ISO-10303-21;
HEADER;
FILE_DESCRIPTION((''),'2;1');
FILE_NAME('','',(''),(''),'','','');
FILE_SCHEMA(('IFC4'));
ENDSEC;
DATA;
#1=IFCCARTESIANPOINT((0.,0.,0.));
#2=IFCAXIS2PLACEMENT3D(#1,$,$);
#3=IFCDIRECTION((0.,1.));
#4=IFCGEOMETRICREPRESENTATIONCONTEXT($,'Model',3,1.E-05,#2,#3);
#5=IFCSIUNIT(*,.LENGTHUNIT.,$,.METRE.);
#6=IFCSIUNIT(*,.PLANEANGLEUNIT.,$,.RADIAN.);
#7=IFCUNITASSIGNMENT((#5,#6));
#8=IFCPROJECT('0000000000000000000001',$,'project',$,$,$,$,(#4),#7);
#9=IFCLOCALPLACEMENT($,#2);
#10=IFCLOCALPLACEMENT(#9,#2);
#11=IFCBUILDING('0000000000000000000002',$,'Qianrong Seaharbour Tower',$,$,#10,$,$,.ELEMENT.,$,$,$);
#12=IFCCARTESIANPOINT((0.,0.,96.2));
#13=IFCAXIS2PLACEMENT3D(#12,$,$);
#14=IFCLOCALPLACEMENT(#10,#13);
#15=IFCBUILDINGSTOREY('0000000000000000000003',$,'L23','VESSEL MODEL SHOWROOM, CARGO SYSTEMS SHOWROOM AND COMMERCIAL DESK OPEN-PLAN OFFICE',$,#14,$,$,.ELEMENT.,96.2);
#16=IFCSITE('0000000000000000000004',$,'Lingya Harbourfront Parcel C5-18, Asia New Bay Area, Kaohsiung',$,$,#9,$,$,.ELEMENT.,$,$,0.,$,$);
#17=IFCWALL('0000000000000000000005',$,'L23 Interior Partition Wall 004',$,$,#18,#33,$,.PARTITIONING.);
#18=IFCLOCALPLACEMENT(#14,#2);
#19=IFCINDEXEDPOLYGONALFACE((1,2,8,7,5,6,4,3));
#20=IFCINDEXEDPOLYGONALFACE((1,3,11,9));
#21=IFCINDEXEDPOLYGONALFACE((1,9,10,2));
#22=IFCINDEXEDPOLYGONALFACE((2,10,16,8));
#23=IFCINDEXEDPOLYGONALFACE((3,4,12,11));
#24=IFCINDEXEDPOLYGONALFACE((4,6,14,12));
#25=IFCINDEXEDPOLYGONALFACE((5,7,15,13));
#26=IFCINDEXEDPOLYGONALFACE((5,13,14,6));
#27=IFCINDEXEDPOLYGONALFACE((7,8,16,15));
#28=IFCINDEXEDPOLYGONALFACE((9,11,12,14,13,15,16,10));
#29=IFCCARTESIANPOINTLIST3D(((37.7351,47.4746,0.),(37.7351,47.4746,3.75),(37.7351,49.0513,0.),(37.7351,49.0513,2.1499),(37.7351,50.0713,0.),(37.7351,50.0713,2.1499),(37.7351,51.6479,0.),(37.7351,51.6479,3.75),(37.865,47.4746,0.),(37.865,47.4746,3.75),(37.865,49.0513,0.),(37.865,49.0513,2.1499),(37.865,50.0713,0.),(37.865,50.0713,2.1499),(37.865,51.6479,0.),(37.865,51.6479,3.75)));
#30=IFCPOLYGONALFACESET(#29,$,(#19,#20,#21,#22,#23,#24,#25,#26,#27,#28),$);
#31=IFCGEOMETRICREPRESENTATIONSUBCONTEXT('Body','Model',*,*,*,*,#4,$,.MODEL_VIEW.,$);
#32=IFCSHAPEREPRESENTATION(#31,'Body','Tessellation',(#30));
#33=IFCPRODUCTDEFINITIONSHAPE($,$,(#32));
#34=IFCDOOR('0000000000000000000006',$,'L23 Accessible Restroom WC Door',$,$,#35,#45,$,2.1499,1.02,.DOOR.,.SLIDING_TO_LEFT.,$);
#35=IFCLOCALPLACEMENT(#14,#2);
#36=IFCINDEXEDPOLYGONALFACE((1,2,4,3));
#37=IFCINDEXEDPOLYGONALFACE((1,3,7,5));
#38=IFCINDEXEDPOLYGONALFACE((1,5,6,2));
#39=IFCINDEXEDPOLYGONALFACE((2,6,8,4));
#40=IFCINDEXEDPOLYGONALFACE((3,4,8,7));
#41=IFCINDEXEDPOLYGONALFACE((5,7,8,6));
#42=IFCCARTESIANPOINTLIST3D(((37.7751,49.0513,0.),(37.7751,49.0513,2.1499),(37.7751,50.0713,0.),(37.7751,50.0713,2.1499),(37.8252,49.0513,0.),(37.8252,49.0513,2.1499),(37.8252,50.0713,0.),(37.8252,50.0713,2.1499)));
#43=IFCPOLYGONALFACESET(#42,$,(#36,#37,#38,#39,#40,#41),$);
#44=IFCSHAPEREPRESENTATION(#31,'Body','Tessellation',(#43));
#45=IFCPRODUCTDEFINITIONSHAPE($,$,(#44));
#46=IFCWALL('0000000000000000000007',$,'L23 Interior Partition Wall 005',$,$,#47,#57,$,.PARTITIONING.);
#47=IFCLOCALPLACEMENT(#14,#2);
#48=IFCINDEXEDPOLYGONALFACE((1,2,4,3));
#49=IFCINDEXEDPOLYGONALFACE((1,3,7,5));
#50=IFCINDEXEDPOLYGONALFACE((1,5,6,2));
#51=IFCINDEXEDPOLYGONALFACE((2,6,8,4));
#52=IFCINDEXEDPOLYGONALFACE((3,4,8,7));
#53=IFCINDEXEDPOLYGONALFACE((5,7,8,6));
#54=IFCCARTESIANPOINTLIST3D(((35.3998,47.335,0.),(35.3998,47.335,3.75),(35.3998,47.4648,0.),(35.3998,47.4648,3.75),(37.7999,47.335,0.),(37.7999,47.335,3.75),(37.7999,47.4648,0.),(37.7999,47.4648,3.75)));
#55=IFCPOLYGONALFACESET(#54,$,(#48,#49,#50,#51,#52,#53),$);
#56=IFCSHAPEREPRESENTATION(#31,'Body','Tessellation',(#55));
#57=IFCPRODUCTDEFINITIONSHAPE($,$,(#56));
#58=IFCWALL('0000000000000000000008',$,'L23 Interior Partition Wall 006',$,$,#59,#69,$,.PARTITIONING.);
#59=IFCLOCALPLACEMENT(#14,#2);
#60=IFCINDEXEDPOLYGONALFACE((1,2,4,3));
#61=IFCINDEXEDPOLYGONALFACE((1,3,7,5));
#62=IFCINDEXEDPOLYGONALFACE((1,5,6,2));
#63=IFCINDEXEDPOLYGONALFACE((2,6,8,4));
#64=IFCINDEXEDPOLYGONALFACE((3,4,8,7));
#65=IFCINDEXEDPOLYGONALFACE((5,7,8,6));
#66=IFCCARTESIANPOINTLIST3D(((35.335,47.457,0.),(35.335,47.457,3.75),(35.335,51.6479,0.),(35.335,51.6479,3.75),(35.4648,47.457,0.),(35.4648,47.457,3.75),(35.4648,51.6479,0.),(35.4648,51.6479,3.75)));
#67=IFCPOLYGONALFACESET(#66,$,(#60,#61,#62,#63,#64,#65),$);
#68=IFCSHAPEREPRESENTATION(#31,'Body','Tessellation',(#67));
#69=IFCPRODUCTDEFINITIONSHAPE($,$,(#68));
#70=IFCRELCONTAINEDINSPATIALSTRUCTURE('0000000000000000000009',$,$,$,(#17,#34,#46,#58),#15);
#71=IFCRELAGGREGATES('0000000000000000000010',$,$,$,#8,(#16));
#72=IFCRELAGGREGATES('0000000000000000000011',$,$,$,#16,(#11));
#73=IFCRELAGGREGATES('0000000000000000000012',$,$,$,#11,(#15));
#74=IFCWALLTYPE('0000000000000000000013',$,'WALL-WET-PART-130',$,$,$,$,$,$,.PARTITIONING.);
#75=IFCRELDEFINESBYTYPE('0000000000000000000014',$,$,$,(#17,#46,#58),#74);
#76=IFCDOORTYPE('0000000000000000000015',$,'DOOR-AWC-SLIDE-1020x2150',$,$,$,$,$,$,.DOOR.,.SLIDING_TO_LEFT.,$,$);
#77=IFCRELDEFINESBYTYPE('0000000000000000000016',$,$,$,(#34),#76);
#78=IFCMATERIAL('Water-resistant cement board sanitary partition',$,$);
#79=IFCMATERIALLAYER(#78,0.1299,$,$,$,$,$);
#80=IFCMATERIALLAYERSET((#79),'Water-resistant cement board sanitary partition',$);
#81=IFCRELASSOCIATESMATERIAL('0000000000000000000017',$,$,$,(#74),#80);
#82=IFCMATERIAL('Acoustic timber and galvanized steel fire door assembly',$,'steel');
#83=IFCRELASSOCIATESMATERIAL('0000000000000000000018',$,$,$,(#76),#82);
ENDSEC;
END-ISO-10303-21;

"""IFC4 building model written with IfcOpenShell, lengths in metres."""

from ifc_helpers import new_model, si_unit, direction, frame, frame_2d, origin, place, context, subcontext, project, spatial, rectangle, extrude, material, layer, layer_set, type_object, element, fill, save


model = new_model("IFC4")

# Units and contexts
model_context = context("Model", 3, precision=1e-05, world=origin(), true_north=direction((0.0, 1.0)))
body_context = subcontext(model_context, "Body", "Model", "MODEL_VIEW")
ifc_project = project(units=[si_unit("LENGTHUNIT", "METRE"), si_unit("PLANEANGLEUNIT", "RADIAN")], contexts=[model_context])

# Site, building, storey
site_placement = place(None, origin())
site = spatial("IfcSite", under=ifc_project, at=site_placement, Name="Lingya Harbourfront Parcel C5-18, Asia New Bay Area, Kaohsiung", CompositionType="ELEMENT", RefElevation=0.0)
building_placement = place(site_placement, origin())
building = spatial("IfcBuilding", under=site, at=building_placement, Name="Qianrong Seaharbour Tower", CompositionType="ELEMENT")
storey_placement = place(building_placement, frame((0.0, 0.0, 96.2)))
storey = spatial("IfcBuildingStorey", under=building, at=storey_placement, Name="L23", Description="VESSEL MODEL SHOWROOM, CARGO SYSTEMS SHOWROOM AND COMMERCIAL DESK OPEN-PLAN OFFICE", CompositionType="ELEMENT", Elevation=96.2)

# Shared definitions
ifc_material_1 = material(Name="Acoustic timber and galvanized steel fire door assembly", Category="steel")

# Wall, opening, door
ifc_material_2 = material(Name="Water-resistant cement board sanitary partition")
ifc_layer_1 = layer(ifc_material_2, 0.1299)
ifc_layer_set_1 = layer_set([ifc_layer_1], Name="Water-resistant cement board sanitary partition")
wall_type_1 = type_object("IfcWallType", Name="WALL-WET-PART-130", PredefinedType="PARTITIONING", material=ifc_layer_set_1)
wall_1_placement = place(storey_placement, frame((37.8, 47.4746, 0.0), z_axis=(0.0, 0.0, 1.0), x_axis=(0.0, 1.0, 0.0)))
wall_1 = element("IfcWall", 1, at=wall_1_placement, inside=storey, type_object=wall_type_1, Name="L23 Interior Partition Wall 004", PredefinedType="PARTITIONING", context=body_context, shape_type="SweptSolid", body=[
    extrude(rectangle(XDim=4.1733, YDim=0.1299, at=frame_2d((2.0867, 0.0))), origin(), (0.0, 0.0, 1.0), 3.75),
])
opening_1_placement = place(wall_1_placement, frame((1.5767, 0.0, 0.0)))
opening_1 = element("IfcOpeningElement", 2, at=opening_1_placement, cuts=wall_1, PredefinedType="OPENING", context=body_context, shape_type="SweptSolid", body=[
    extrude(rectangle(XDim=1.02, YDim=2.1499, at=frame_2d((0.51, 1.075))), frame((0.0, 0.075, 0.0), z_axis=(0.0, -1.0, 0.0), x_axis=(1.0, 0.0, 0.0)), (0.0, 0.0, 1.0), 0.1499),
])
door_type_1 = type_object("IfcDoorType", Name="DOOR-AWC-SLIDE-1020x2150", OperationType="SLIDING_TO_LEFT", PredefinedType="DOOR", material=ifc_material_1)
door_1_placement = place(opening_1_placement, origin())
door_1 = element("IfcDoor", 3, at=door_1_placement, inside=storey, type_object=door_type_1, Name="L23 Accessible Restroom WC Door", OperationType="SLIDING_TO_LEFT", OverallHeight=2.1499, OverallWidth=1.02, PredefinedType="DOOR", context=body_context, shape_type="SweptSolid", body=[
    extrude(rectangle(XDim=1.02, YDim=2.1499, at=frame_2d((0.51, 1.075))), frame((0.0, 0.0249, 0.0), z_axis=(0.0, -1.0, 0.0), x_axis=(1.0, 0.0, 0.0)), (0.0, 0.0, 1.0), 0.05),
])
fill(opening_1, door_1)

# Walls
wall_2_placement = place(storey_placement, frame((37.8, 47.3999, 0.0), z_axis=(0.0, 0.0, 1.0), x_axis=(-1.0, 0.0, 0.0)))
element("IfcWall", 4, at=wall_2_placement, inside=storey, type_object=wall_type_1, Name="L23 Interior Partition Wall 005", PredefinedType="PARTITIONING", context=body_context, shape_type="SweptSolid", body=[
    extrude(rectangle(XDim=2.4001, YDim=0.1299, at=frame_2d((1.2002, 0.0))), origin(), (0.0, 0.0, 1.0), 3.75),
])
wall_3_placement = place(storey_placement, frame((35.3999, 47.457, 0.0), z_axis=(0.0, 0.0, 1.0), x_axis=(0.0, 1.0, 0.0)))
element("IfcWall", 5, at=wall_3_placement, inside=storey, type_object=wall_type_1, Name="L23 Interior Partition Wall 006", PredefinedType="PARTITIONING", context=body_context, shape_type="SweptSolid", body=[
    extrude(rectangle(XDim=4.1909, YDim=0.1299, at=frame_2d((2.0955, 0.0))), origin(), (0.0, 0.0, 1.0), 3.75),
])

save(model, "model.ifc")
